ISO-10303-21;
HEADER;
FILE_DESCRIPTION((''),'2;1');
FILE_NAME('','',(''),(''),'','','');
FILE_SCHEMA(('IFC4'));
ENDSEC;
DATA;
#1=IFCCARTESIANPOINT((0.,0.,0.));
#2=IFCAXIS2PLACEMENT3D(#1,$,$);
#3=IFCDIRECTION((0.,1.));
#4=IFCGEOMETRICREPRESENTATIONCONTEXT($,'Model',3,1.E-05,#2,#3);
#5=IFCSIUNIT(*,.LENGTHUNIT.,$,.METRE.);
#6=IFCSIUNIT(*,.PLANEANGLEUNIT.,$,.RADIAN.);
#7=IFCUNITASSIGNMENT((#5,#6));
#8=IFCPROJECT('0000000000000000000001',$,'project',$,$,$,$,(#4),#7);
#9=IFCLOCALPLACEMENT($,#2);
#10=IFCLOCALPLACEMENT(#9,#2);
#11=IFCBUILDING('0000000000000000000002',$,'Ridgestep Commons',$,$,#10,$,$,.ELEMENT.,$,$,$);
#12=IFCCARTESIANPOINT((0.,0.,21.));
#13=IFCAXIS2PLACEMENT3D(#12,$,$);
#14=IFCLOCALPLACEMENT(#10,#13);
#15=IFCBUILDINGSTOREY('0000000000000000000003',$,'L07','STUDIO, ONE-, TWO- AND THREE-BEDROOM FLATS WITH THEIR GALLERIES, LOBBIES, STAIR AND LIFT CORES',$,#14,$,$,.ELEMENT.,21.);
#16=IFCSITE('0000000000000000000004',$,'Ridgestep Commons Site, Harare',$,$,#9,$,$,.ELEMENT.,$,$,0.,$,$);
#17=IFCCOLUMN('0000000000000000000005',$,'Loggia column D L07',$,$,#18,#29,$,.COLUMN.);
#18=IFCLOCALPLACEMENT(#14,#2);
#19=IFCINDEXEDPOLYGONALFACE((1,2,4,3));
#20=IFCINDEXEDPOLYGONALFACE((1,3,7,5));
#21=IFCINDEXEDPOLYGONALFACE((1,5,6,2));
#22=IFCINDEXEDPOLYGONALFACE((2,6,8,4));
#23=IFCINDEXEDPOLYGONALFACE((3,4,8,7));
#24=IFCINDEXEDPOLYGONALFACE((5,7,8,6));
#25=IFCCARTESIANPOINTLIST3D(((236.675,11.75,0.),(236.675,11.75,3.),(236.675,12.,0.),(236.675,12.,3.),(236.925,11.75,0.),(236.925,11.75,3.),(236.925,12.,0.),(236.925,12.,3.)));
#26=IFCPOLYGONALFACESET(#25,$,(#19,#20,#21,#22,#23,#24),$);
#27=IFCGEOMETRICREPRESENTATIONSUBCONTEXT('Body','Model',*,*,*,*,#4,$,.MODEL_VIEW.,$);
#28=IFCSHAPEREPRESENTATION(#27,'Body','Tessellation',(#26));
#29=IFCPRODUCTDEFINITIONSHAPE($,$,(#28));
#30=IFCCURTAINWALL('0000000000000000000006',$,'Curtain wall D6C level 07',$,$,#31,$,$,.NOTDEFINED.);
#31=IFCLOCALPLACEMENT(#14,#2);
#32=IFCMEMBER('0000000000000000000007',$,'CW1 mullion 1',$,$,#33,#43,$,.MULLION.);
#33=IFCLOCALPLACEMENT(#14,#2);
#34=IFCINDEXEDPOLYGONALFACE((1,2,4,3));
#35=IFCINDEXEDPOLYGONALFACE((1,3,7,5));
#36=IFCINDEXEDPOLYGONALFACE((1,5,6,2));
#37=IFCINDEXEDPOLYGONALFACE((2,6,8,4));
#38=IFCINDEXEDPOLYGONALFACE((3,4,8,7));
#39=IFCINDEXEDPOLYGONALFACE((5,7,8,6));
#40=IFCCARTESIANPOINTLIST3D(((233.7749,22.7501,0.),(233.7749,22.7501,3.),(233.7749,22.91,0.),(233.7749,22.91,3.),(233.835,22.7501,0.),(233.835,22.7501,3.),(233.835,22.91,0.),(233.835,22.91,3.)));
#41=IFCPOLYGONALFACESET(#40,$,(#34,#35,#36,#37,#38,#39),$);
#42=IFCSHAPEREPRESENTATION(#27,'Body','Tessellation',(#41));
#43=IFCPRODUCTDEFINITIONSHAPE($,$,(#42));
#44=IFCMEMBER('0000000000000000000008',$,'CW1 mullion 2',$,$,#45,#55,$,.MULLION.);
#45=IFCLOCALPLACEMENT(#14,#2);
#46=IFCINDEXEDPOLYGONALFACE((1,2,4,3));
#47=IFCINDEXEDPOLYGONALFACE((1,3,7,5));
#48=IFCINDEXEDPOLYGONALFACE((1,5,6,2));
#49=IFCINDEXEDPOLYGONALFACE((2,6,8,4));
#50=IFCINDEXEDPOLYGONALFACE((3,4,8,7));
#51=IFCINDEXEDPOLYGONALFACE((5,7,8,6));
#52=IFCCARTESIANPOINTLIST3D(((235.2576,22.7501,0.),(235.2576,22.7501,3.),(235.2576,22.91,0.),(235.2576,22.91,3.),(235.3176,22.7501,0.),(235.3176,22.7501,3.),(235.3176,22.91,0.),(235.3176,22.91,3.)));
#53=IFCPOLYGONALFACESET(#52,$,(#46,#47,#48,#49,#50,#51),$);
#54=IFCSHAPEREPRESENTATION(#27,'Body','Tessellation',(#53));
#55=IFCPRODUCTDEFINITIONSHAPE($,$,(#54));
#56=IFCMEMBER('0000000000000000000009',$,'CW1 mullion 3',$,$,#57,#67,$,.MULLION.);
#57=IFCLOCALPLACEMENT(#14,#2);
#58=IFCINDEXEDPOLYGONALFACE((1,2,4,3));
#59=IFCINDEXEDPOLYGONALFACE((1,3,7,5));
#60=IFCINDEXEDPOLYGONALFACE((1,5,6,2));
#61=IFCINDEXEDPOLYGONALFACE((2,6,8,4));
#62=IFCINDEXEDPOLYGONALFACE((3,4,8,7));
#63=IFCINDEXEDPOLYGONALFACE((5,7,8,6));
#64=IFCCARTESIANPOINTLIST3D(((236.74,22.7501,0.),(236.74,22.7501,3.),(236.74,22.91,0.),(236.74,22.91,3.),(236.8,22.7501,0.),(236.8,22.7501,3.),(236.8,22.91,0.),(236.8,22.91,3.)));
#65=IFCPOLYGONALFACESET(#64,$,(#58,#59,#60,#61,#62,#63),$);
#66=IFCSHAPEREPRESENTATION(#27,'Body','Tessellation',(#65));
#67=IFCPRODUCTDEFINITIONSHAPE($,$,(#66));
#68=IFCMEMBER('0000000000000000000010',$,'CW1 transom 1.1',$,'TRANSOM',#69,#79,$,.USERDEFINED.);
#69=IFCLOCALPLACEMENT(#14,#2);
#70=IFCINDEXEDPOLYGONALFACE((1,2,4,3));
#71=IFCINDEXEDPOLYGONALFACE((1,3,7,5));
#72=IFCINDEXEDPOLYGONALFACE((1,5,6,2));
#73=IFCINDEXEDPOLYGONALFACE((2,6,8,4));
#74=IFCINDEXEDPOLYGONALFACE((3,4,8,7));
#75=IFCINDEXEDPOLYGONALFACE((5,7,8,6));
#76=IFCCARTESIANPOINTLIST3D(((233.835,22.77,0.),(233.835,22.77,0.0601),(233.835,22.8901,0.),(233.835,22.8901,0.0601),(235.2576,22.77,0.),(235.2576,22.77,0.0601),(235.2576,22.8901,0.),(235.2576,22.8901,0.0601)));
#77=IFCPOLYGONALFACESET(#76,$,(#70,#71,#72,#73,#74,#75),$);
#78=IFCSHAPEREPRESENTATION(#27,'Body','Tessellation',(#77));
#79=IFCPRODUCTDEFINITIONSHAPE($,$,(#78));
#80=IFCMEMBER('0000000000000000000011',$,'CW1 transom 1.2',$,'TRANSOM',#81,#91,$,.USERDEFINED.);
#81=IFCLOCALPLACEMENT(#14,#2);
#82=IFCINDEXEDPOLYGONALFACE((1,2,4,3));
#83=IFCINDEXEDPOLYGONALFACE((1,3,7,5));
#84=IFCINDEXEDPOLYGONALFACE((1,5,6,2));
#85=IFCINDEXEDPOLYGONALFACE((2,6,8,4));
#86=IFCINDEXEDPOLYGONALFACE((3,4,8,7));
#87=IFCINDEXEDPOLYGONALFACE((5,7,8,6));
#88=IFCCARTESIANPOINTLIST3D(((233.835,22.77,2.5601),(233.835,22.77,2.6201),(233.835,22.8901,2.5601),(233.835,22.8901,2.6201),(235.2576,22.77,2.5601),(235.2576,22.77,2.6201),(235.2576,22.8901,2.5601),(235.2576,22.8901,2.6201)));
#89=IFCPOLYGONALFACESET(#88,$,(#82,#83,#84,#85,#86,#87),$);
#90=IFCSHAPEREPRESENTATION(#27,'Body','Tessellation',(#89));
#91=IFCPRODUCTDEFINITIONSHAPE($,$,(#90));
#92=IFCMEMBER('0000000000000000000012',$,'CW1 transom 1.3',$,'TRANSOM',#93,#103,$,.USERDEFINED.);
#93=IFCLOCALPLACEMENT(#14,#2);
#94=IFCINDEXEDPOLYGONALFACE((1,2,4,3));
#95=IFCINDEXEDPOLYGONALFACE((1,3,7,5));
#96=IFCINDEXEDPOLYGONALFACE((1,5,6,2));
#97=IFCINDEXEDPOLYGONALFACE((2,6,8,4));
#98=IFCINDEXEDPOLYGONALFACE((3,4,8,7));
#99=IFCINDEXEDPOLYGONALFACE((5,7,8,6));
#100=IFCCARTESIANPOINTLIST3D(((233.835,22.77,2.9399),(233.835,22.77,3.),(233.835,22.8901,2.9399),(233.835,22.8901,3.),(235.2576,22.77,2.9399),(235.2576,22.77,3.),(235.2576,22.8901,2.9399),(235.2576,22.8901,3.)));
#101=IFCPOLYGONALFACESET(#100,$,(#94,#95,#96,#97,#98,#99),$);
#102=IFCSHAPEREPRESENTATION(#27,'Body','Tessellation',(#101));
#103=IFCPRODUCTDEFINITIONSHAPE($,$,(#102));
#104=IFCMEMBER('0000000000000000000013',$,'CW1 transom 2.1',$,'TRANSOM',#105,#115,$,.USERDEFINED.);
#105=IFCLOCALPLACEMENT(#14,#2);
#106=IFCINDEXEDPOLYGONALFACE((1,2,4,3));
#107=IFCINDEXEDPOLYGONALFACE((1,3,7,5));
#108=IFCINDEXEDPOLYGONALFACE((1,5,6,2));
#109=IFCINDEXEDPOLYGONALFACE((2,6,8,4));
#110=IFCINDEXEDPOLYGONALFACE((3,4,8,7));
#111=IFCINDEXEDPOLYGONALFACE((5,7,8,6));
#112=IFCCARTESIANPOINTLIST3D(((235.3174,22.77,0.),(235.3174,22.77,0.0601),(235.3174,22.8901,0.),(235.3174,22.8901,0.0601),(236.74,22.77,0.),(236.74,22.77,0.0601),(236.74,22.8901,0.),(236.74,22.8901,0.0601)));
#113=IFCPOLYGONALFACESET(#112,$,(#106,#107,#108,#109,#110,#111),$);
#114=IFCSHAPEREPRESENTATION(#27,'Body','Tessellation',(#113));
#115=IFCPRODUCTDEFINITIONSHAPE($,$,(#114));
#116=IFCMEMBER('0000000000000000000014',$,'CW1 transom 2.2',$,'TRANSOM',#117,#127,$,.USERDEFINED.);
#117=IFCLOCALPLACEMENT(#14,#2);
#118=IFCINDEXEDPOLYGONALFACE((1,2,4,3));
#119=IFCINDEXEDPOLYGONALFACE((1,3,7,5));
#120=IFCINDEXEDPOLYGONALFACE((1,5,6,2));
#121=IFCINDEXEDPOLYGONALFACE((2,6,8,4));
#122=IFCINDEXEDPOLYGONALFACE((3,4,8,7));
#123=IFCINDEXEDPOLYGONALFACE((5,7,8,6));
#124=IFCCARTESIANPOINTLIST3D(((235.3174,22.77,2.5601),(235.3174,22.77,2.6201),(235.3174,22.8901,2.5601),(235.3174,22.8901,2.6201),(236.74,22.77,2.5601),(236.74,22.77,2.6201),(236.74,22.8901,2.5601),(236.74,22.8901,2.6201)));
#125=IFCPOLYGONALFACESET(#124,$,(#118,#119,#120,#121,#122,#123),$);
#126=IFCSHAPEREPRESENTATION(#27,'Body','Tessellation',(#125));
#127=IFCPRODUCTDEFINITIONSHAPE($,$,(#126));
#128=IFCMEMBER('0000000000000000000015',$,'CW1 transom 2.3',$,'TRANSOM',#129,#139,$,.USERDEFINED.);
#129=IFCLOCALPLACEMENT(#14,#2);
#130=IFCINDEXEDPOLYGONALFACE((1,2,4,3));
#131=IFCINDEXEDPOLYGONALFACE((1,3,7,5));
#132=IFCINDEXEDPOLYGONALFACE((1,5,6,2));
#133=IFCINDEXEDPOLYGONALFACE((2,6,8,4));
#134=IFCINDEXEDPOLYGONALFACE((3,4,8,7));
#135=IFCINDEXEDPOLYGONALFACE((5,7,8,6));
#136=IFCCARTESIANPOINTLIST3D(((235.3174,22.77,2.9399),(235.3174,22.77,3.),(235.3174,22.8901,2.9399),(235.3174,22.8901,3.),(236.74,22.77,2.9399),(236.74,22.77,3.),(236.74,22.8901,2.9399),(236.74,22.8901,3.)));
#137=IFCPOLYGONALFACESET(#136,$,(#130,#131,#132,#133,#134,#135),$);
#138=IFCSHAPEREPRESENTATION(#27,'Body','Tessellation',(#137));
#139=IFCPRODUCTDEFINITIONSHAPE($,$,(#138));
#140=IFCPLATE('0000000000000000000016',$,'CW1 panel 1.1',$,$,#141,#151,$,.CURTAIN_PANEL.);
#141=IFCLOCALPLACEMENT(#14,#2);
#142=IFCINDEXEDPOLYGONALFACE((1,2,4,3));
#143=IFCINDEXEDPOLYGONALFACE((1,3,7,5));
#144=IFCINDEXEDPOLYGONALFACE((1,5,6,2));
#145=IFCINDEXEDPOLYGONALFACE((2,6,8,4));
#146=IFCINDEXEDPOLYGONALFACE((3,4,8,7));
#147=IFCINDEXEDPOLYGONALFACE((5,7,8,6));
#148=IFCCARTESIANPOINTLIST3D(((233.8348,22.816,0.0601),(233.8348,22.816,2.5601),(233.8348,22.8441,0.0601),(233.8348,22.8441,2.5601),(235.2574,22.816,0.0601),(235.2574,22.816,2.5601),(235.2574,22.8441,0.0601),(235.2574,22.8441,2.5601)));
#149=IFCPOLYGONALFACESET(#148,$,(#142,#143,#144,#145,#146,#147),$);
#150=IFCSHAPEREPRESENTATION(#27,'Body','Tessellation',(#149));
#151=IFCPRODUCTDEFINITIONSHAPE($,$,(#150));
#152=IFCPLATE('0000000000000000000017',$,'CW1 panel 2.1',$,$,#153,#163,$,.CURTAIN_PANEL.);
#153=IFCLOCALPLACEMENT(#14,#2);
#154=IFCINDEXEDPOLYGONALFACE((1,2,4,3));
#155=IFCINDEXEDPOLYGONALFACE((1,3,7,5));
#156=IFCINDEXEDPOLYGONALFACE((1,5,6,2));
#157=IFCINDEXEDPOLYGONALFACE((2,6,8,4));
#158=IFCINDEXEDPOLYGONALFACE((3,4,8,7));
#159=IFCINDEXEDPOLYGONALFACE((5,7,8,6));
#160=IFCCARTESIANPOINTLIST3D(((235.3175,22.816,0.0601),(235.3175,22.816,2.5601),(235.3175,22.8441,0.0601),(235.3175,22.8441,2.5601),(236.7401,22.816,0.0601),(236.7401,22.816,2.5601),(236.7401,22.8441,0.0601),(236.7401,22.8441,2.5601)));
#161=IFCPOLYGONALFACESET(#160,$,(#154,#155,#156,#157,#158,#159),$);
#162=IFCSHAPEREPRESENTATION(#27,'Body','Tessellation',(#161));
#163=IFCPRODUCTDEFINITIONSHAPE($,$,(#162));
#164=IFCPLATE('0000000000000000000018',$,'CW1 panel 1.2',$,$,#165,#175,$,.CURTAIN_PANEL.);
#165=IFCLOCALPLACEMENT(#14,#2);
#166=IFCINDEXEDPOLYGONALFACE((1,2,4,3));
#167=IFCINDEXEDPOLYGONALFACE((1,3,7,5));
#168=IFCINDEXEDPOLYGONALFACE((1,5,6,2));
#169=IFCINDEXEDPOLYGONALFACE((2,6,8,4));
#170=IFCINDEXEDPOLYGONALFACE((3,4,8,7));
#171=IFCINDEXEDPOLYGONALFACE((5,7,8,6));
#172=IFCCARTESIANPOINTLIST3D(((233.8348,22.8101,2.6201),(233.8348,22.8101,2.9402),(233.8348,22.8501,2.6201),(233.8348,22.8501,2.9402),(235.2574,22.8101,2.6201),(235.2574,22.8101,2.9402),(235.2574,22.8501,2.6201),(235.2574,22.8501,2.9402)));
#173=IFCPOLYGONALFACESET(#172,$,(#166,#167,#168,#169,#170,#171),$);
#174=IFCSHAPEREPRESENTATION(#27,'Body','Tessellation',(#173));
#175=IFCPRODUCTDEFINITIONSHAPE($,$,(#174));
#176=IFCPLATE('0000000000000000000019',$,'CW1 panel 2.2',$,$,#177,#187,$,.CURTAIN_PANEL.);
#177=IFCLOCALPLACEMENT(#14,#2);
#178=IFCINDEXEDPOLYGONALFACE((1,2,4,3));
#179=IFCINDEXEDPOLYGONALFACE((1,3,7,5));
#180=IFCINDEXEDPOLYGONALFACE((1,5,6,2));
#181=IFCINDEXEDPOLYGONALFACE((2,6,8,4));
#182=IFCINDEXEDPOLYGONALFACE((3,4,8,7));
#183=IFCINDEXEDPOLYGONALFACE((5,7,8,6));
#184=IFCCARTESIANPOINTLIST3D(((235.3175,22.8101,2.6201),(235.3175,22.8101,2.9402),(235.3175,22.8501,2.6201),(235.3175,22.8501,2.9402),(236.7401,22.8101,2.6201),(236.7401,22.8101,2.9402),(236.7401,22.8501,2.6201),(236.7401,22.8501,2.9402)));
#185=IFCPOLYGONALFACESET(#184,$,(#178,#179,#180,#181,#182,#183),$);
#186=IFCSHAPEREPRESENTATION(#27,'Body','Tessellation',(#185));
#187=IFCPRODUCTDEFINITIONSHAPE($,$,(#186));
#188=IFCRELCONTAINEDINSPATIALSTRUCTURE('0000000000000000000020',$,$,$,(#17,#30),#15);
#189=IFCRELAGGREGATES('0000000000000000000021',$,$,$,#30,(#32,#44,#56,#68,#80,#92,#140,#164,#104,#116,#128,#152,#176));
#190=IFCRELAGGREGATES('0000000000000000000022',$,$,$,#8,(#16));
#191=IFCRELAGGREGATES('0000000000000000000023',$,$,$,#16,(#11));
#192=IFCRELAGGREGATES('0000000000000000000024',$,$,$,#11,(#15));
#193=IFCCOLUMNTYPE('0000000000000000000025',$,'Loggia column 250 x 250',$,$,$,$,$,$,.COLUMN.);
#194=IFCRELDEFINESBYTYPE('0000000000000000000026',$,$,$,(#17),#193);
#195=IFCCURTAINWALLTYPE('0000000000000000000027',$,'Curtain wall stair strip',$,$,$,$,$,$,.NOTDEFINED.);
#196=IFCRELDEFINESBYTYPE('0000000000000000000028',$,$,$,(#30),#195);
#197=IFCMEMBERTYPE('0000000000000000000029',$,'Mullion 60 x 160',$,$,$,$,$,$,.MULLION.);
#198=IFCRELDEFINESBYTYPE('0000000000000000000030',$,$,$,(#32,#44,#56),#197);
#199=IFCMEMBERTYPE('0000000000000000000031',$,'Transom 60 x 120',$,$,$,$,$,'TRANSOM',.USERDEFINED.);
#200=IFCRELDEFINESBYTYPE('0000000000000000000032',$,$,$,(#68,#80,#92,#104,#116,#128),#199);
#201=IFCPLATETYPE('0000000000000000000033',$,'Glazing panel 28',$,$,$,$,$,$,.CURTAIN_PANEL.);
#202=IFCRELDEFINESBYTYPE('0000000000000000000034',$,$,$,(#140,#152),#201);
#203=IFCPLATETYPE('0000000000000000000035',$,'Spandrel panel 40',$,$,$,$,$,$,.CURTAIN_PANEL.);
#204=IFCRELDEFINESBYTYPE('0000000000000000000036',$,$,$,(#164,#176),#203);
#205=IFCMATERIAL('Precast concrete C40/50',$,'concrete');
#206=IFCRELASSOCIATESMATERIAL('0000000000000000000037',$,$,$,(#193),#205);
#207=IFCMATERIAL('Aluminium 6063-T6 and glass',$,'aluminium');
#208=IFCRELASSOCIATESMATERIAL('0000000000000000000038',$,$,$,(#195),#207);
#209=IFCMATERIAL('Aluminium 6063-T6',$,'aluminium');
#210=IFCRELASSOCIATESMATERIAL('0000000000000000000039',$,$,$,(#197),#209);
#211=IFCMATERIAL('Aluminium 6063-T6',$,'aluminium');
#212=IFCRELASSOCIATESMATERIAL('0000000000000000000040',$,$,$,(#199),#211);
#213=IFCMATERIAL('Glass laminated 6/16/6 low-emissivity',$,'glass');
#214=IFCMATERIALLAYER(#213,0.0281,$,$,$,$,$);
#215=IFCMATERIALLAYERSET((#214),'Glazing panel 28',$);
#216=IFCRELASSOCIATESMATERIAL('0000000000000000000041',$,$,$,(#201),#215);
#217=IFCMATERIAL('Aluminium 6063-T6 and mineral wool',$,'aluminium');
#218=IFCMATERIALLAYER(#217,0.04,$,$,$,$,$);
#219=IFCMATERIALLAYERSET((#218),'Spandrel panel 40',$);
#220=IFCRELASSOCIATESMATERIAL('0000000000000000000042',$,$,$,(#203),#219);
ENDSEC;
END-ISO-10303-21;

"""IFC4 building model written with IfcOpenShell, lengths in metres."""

from ifc_helpers import new_model, si_unit, direction, frame, origin, origin_2d, place, context, subcontext, project, spatial, rectangle, extrude, material, layer, layer_set, material_profile, profile_set, type_object, element, aggregate, save


model = new_model("IFC4")

# Units and contexts
model_context = context("Model", 3, precision=1e-05, world=origin(), true_north=direction((0.0, 1.0)))
body_context = subcontext(model_context, "Body", "Model", "MODEL_VIEW")
ifc_project = project(units=[si_unit("LENGTHUNIT", "METRE"), si_unit("PLANEANGLEUNIT", "RADIAN")], contexts=[model_context])

# Site, building, storey
site_placement = place(None, origin())
site = spatial("IfcSite", under=ifc_project, at=site_placement, Name="Ridgestep Commons Site, Harare", CompositionType="ELEMENT", RefElevation=0.0)
building_placement = place(site_placement, origin())
building = spatial("IfcBuilding", under=site, at=building_placement, Name="Ridgestep Commons", CompositionType="ELEMENT")
storey_placement = place(building_placement, frame((0.0, 0.0, 21.0)))
storey = spatial("IfcBuildingStorey", under=building, at=storey_placement, Name="L07", Description="STUDIO, ONE-, TWO- AND THREE-BEDROOM FLATS WITH THEIR GALLERIES, LOBBIES, STAIR AND LIFT CORES", CompositionType="ELEMENT", Elevation=21.0)

# Column
ifc_material_1 = material(Name="Precast concrete C40/50", Category="concrete")
ifc_material_profile_1 = material_profile(ifc_material_1, rectangle(XDim=0.25, YDim=0.25, at=origin_2d()), Name="PC 250x250")
ifc_profile_set_1 = profile_set([ifc_material_profile_1], Name="Precast concrete C40/50")
column_type = type_object("IfcColumnType", Name="Loggia column 250 x 250", PredefinedType="COLUMN", material=ifc_profile_set_1)
column_placement = place(storey_placement, frame((236.8, 11.875, 0.0), z_axis=(0.0, 0.0, 1.0), x_axis=(1.0, 0.0, 0.0)))
element("IfcColumn", 1, at=column_placement, inside=storey, type_object=column_type, Name="Loggia column D L07", PredefinedType="COLUMN", context=body_context, shape_type="SweptSolid", body=[
    extrude(rectangle(XDim=0.25, YDim=0.25, at=origin_2d()), origin(), (0.0, 0.0, 1.0), 3.0),
])

# Curtain wall, members, plates
ifc_material_2 = material(Name="Aluminium 6063-T6 and glass", Category="aluminium")
curtain_wall_type = type_object("IfcCurtainWallType", Name="Curtain wall stair strip", PredefinedType="NOTDEFINED", material=ifc_material_2)
curtain_wall_placement = place(storey_placement, origin())
curtain_wall = element("IfcCurtainWall", 2, at=curtain_wall_placement, inside=storey, type_object=curtain_wall_type, Name="Curtain wall D6C level 07", PredefinedType="NOTDEFINED")
ifc_material_3 = material(Name="Aluminium 6063-T6", Category="aluminium")
ifc_material_profile_2 = material_profile(ifc_material_3, rectangle(XDim=0.1599, YDim=0.0601, at=origin_2d()), Name="Mullion 60 x 160")
ifc_profile_set_2 = profile_set([ifc_material_profile_2], Name="Aluminium 6063-T6")
member_type_1 = type_object("IfcMemberType", Name="Mullion 60 x 160", PredefinedType="MULLION", material=ifc_profile_set_2)
member_1_placement = place(storey_placement, frame((233.8049, 22.8301, 0.0), z_axis=(0.0, 0.0, 1.0), x_axis=(0.0, 1.0, 0.0)))
member_1 = element("IfcMember", 3, at=member_1_placement, type_object=member_type_1, Name="CW1 mullion 1", PredefinedType="MULLION", context=body_context, shape_type="SweptSolid", body=[
    extrude(rectangle(XDim=0.1599, YDim=0.0601, at=origin_2d()), origin(), (0.0, 0.0, 1.0), 3.0),
])
member_2_placement = place(storey_placement, frame((235.2876, 22.8301, 0.0), z_axis=(0.0, 0.0, 1.0), x_axis=(0.0, 1.0, 0.0)))
member_2 = element("IfcMember", 4, at=member_2_placement, type_object=member_type_1, Name="CW1 mullion 2", PredefinedType="MULLION", context=body_context, shape_type="SweptSolid", body=[
    extrude(rectangle(XDim=0.1599, YDim=0.0601, at=origin_2d()), origin(), (0.0, 0.0, 1.0), 3.0),
])
member_3_placement = place(storey_placement, frame((236.77, 22.8301, 0.0), z_axis=(0.0, 0.0, 1.0), x_axis=(0.0, 1.0, 0.0)))
member_3 = element("IfcMember", 5, at=member_3_placement, type_object=member_type_1, Name="CW1 mullion 3", PredefinedType="MULLION", context=body_context, shape_type="SweptSolid", body=[
    extrude(rectangle(XDim=0.1599, YDim=0.0601, at=origin_2d()), origin(), (0.0, 0.0, 1.0), 3.0),
])
ifc_material_4 = material(Name="Aluminium 6063-T6", Category="aluminium")
ifc_material_profile_3 = material_profile(ifc_material_4, rectangle(XDim=0.1201, YDim=0.0601, at=origin_2d()), Name="Transom 60 x 120")
ifc_profile_set_3 = profile_set([ifc_material_profile_3], Name="Aluminium 6063-T6")
member_type_2 = type_object("IfcMemberType", Name="Transom 60 x 120", ElementType="TRANSOM", PredefinedType="USERDEFINED", material=ifc_profile_set_3)
member_4_placement = place(storey_placement, frame((233.835, 22.8301, 0.03), z_axis=(1.0, 0.0, 0.0), x_axis=(0.0, 1.0, 0.0)))
member_4 = element("IfcMember", 6, at=member_4_placement, type_object=member_type_2, Name="CW1 transom 1.1", ObjectType="TRANSOM", PredefinedType="USERDEFINED", context=body_context, shape_type="SweptSolid", body=[
    extrude(rectangle(XDim=0.1201, YDim=0.0601, at=origin_2d()), origin(), (0.0, 0.0, 1.0), 1.4226),
])
member_5_placement = place(storey_placement, frame((233.835, 22.8301, 2.5901), z_axis=(1.0, 0.0, 0.0), x_axis=(0.0, 1.0, 0.0)))
member_5 = element("IfcMember", 7, at=member_5_placement, type_object=member_type_2, Name="CW1 transom 1.2", ObjectType="TRANSOM", PredefinedType="USERDEFINED", context=body_context, shape_type="SweptSolid", body=[
    extrude(rectangle(XDim=0.1201, YDim=0.0601, at=origin_2d()), origin(), (0.0, 0.0, 1.0), 1.4226),
])
member_6_placement = place(storey_placement, frame((233.835, 22.8301, 2.97), z_axis=(1.0, 0.0, 0.0), x_axis=(0.0, 1.0, 0.0)))
member_6 = element("IfcMember", 8, at=member_6_placement, type_object=member_type_2, Name="CW1 transom 1.3", ObjectType="TRANSOM", PredefinedType="USERDEFINED", context=body_context, shape_type="SweptSolid", body=[
    extrude(rectangle(XDim=0.1201, YDim=0.0601, at=origin_2d()), origin(), (0.0, 0.0, 1.0), 1.4226),
])
member_7_placement = place(storey_placement, frame((235.3174, 22.8301, 0.03), z_axis=(1.0, 0.0, 0.0), x_axis=(0.0, 1.0, 0.0)))
member_7 = element("IfcMember", 9, at=member_7_placement, type_object=member_type_2, Name="CW1 transom 2.1", ObjectType="TRANSOM", PredefinedType="USERDEFINED", context=body_context, shape_type="SweptSolid", body=[
    extrude(rectangle(XDim=0.1201, YDim=0.0601, at=origin_2d()), origin(), (0.0, 0.0, 1.0), 1.4226),
])
member_8_placement = place(storey_placement, frame((235.3174, 22.8301, 2.5901), z_axis=(1.0, 0.0, 0.0), x_axis=(0.0, 1.0, 0.0)))
member_8 = element("IfcMember", 10, at=member_8_placement, type_object=member_type_2, Name="CW1 transom 2.2", ObjectType="TRANSOM", PredefinedType="USERDEFINED", context=body_context, shape_type="SweptSolid", body=[
    extrude(rectangle(XDim=0.1201, YDim=0.0601, at=origin_2d()), origin(), (0.0, 0.0, 1.0), 1.4226),
])
member_9_placement = place(storey_placement, frame((235.3174, 22.8301, 2.97), z_axis=(1.0, 0.0, 0.0), x_axis=(0.0, 1.0, 0.0)))
member_9 = element("IfcMember", 11, at=member_9_placement, type_object=member_type_2, Name="CW1 transom 2.3", ObjectType="TRANSOM", PredefinedType="USERDEFINED", context=body_context, shape_type="SweptSolid", body=[
    extrude(rectangle(XDim=0.1201, YDim=0.0601, at=origin_2d()), origin(), (0.0, 0.0, 1.0), 1.4226),
])
ifc_material_5 = material(Name="Glass laminated 6/16/6 low-emissivity", Category="glass")
ifc_layer_1 = layer(ifc_material_5, 0.0281)
ifc_layer_set_1 = layer_set([ifc_layer_1], Name="Glazing panel 28")
plate_type_1 = type_object("IfcPlateType", Name="Glazing panel 28", PredefinedType="CURTAIN_PANEL", material=ifc_layer_set_1)
plate_1_placement = place(storey_placement, frame((234.5461, 22.8301, 0.0601), z_axis=(0.0, 0.0, 1.0), x_axis=(1.0, 0.0, 0.0)))
plate_1 = element("IfcPlate", 12, at=plate_1_placement, type_object=plate_type_1, Name="CW1 panel 1.1", PredefinedType="CURTAIN_PANEL", context=body_context, shape_type="SweptSolid", body=[
    extrude(rectangle(XDim=1.4226, YDim=0.0281, at=origin_2d()), origin(), (0.0, 0.0, 1.0), 2.5),
])
plate_2_placement = place(storey_placement, frame((236.0288, 22.8301, 0.0601), z_axis=(0.0, 0.0, 1.0), x_axis=(1.0, 0.0, 0.0)))
plate_2 = element("IfcPlate", 13, at=plate_2_placement, type_object=plate_type_1, Name="CW1 panel 2.1", PredefinedType="CURTAIN_PANEL", context=body_context, shape_type="SweptSolid", body=[
    extrude(rectangle(XDim=1.4226, YDim=0.0281, at=origin_2d()), origin(), (0.0, 0.0, 1.0), 2.5),
])
ifc_material_6 = material(Name="Aluminium 6063-T6 and mineral wool", Category="aluminium")
ifc_layer_2 = layer(ifc_material_6, 0.04)
ifc_layer_set_2 = layer_set([ifc_layer_2], Name="Spandrel panel 40")
plate_type_2 = type_object("IfcPlateType", Name="Spandrel panel 40", PredefinedType="CURTAIN_PANEL", material=ifc_layer_set_2)
plate_3_placement = place(storey_placement, frame((234.5461, 22.8301, 2.6201), z_axis=(0.0, 0.0, 1.0), x_axis=(1.0, 0.0, 0.0)))
plate_3 = element("IfcPlate", 14, at=plate_3_placement, type_object=plate_type_2, Name="CW1 panel 1.2", PredefinedType="CURTAIN_PANEL", context=body_context, shape_type="SweptSolid", body=[
    extrude(rectangle(XDim=1.4226, YDim=0.04, at=origin_2d()), origin(), (0.0, 0.0, 1.0), 0.3201),
])
plate_4_placement = place(storey_placement, frame((236.0288, 22.8301, 2.6201), z_axis=(0.0, 0.0, 1.0), x_axis=(1.0, 0.0, 0.0)))
plate_4 = element("IfcPlate", 15, at=plate_4_placement, type_object=plate_type_2, Name="CW1 panel 2.2", PredefinedType="CURTAIN_PANEL", context=body_context, shape_type="SweptSolid", body=[
    extrude(rectangle(XDim=1.4226, YDim=0.04, at=origin_2d()), origin(), (0.0, 0.0, 1.0), 0.3201),
])
aggregate(curtain_wall, [member_1, member_2, member_3, member_4, member_5, member_6, plate_1, plate_3, member_7, member_8, member_9, plate_2, plate_4])

save(model, "model.ifc")
